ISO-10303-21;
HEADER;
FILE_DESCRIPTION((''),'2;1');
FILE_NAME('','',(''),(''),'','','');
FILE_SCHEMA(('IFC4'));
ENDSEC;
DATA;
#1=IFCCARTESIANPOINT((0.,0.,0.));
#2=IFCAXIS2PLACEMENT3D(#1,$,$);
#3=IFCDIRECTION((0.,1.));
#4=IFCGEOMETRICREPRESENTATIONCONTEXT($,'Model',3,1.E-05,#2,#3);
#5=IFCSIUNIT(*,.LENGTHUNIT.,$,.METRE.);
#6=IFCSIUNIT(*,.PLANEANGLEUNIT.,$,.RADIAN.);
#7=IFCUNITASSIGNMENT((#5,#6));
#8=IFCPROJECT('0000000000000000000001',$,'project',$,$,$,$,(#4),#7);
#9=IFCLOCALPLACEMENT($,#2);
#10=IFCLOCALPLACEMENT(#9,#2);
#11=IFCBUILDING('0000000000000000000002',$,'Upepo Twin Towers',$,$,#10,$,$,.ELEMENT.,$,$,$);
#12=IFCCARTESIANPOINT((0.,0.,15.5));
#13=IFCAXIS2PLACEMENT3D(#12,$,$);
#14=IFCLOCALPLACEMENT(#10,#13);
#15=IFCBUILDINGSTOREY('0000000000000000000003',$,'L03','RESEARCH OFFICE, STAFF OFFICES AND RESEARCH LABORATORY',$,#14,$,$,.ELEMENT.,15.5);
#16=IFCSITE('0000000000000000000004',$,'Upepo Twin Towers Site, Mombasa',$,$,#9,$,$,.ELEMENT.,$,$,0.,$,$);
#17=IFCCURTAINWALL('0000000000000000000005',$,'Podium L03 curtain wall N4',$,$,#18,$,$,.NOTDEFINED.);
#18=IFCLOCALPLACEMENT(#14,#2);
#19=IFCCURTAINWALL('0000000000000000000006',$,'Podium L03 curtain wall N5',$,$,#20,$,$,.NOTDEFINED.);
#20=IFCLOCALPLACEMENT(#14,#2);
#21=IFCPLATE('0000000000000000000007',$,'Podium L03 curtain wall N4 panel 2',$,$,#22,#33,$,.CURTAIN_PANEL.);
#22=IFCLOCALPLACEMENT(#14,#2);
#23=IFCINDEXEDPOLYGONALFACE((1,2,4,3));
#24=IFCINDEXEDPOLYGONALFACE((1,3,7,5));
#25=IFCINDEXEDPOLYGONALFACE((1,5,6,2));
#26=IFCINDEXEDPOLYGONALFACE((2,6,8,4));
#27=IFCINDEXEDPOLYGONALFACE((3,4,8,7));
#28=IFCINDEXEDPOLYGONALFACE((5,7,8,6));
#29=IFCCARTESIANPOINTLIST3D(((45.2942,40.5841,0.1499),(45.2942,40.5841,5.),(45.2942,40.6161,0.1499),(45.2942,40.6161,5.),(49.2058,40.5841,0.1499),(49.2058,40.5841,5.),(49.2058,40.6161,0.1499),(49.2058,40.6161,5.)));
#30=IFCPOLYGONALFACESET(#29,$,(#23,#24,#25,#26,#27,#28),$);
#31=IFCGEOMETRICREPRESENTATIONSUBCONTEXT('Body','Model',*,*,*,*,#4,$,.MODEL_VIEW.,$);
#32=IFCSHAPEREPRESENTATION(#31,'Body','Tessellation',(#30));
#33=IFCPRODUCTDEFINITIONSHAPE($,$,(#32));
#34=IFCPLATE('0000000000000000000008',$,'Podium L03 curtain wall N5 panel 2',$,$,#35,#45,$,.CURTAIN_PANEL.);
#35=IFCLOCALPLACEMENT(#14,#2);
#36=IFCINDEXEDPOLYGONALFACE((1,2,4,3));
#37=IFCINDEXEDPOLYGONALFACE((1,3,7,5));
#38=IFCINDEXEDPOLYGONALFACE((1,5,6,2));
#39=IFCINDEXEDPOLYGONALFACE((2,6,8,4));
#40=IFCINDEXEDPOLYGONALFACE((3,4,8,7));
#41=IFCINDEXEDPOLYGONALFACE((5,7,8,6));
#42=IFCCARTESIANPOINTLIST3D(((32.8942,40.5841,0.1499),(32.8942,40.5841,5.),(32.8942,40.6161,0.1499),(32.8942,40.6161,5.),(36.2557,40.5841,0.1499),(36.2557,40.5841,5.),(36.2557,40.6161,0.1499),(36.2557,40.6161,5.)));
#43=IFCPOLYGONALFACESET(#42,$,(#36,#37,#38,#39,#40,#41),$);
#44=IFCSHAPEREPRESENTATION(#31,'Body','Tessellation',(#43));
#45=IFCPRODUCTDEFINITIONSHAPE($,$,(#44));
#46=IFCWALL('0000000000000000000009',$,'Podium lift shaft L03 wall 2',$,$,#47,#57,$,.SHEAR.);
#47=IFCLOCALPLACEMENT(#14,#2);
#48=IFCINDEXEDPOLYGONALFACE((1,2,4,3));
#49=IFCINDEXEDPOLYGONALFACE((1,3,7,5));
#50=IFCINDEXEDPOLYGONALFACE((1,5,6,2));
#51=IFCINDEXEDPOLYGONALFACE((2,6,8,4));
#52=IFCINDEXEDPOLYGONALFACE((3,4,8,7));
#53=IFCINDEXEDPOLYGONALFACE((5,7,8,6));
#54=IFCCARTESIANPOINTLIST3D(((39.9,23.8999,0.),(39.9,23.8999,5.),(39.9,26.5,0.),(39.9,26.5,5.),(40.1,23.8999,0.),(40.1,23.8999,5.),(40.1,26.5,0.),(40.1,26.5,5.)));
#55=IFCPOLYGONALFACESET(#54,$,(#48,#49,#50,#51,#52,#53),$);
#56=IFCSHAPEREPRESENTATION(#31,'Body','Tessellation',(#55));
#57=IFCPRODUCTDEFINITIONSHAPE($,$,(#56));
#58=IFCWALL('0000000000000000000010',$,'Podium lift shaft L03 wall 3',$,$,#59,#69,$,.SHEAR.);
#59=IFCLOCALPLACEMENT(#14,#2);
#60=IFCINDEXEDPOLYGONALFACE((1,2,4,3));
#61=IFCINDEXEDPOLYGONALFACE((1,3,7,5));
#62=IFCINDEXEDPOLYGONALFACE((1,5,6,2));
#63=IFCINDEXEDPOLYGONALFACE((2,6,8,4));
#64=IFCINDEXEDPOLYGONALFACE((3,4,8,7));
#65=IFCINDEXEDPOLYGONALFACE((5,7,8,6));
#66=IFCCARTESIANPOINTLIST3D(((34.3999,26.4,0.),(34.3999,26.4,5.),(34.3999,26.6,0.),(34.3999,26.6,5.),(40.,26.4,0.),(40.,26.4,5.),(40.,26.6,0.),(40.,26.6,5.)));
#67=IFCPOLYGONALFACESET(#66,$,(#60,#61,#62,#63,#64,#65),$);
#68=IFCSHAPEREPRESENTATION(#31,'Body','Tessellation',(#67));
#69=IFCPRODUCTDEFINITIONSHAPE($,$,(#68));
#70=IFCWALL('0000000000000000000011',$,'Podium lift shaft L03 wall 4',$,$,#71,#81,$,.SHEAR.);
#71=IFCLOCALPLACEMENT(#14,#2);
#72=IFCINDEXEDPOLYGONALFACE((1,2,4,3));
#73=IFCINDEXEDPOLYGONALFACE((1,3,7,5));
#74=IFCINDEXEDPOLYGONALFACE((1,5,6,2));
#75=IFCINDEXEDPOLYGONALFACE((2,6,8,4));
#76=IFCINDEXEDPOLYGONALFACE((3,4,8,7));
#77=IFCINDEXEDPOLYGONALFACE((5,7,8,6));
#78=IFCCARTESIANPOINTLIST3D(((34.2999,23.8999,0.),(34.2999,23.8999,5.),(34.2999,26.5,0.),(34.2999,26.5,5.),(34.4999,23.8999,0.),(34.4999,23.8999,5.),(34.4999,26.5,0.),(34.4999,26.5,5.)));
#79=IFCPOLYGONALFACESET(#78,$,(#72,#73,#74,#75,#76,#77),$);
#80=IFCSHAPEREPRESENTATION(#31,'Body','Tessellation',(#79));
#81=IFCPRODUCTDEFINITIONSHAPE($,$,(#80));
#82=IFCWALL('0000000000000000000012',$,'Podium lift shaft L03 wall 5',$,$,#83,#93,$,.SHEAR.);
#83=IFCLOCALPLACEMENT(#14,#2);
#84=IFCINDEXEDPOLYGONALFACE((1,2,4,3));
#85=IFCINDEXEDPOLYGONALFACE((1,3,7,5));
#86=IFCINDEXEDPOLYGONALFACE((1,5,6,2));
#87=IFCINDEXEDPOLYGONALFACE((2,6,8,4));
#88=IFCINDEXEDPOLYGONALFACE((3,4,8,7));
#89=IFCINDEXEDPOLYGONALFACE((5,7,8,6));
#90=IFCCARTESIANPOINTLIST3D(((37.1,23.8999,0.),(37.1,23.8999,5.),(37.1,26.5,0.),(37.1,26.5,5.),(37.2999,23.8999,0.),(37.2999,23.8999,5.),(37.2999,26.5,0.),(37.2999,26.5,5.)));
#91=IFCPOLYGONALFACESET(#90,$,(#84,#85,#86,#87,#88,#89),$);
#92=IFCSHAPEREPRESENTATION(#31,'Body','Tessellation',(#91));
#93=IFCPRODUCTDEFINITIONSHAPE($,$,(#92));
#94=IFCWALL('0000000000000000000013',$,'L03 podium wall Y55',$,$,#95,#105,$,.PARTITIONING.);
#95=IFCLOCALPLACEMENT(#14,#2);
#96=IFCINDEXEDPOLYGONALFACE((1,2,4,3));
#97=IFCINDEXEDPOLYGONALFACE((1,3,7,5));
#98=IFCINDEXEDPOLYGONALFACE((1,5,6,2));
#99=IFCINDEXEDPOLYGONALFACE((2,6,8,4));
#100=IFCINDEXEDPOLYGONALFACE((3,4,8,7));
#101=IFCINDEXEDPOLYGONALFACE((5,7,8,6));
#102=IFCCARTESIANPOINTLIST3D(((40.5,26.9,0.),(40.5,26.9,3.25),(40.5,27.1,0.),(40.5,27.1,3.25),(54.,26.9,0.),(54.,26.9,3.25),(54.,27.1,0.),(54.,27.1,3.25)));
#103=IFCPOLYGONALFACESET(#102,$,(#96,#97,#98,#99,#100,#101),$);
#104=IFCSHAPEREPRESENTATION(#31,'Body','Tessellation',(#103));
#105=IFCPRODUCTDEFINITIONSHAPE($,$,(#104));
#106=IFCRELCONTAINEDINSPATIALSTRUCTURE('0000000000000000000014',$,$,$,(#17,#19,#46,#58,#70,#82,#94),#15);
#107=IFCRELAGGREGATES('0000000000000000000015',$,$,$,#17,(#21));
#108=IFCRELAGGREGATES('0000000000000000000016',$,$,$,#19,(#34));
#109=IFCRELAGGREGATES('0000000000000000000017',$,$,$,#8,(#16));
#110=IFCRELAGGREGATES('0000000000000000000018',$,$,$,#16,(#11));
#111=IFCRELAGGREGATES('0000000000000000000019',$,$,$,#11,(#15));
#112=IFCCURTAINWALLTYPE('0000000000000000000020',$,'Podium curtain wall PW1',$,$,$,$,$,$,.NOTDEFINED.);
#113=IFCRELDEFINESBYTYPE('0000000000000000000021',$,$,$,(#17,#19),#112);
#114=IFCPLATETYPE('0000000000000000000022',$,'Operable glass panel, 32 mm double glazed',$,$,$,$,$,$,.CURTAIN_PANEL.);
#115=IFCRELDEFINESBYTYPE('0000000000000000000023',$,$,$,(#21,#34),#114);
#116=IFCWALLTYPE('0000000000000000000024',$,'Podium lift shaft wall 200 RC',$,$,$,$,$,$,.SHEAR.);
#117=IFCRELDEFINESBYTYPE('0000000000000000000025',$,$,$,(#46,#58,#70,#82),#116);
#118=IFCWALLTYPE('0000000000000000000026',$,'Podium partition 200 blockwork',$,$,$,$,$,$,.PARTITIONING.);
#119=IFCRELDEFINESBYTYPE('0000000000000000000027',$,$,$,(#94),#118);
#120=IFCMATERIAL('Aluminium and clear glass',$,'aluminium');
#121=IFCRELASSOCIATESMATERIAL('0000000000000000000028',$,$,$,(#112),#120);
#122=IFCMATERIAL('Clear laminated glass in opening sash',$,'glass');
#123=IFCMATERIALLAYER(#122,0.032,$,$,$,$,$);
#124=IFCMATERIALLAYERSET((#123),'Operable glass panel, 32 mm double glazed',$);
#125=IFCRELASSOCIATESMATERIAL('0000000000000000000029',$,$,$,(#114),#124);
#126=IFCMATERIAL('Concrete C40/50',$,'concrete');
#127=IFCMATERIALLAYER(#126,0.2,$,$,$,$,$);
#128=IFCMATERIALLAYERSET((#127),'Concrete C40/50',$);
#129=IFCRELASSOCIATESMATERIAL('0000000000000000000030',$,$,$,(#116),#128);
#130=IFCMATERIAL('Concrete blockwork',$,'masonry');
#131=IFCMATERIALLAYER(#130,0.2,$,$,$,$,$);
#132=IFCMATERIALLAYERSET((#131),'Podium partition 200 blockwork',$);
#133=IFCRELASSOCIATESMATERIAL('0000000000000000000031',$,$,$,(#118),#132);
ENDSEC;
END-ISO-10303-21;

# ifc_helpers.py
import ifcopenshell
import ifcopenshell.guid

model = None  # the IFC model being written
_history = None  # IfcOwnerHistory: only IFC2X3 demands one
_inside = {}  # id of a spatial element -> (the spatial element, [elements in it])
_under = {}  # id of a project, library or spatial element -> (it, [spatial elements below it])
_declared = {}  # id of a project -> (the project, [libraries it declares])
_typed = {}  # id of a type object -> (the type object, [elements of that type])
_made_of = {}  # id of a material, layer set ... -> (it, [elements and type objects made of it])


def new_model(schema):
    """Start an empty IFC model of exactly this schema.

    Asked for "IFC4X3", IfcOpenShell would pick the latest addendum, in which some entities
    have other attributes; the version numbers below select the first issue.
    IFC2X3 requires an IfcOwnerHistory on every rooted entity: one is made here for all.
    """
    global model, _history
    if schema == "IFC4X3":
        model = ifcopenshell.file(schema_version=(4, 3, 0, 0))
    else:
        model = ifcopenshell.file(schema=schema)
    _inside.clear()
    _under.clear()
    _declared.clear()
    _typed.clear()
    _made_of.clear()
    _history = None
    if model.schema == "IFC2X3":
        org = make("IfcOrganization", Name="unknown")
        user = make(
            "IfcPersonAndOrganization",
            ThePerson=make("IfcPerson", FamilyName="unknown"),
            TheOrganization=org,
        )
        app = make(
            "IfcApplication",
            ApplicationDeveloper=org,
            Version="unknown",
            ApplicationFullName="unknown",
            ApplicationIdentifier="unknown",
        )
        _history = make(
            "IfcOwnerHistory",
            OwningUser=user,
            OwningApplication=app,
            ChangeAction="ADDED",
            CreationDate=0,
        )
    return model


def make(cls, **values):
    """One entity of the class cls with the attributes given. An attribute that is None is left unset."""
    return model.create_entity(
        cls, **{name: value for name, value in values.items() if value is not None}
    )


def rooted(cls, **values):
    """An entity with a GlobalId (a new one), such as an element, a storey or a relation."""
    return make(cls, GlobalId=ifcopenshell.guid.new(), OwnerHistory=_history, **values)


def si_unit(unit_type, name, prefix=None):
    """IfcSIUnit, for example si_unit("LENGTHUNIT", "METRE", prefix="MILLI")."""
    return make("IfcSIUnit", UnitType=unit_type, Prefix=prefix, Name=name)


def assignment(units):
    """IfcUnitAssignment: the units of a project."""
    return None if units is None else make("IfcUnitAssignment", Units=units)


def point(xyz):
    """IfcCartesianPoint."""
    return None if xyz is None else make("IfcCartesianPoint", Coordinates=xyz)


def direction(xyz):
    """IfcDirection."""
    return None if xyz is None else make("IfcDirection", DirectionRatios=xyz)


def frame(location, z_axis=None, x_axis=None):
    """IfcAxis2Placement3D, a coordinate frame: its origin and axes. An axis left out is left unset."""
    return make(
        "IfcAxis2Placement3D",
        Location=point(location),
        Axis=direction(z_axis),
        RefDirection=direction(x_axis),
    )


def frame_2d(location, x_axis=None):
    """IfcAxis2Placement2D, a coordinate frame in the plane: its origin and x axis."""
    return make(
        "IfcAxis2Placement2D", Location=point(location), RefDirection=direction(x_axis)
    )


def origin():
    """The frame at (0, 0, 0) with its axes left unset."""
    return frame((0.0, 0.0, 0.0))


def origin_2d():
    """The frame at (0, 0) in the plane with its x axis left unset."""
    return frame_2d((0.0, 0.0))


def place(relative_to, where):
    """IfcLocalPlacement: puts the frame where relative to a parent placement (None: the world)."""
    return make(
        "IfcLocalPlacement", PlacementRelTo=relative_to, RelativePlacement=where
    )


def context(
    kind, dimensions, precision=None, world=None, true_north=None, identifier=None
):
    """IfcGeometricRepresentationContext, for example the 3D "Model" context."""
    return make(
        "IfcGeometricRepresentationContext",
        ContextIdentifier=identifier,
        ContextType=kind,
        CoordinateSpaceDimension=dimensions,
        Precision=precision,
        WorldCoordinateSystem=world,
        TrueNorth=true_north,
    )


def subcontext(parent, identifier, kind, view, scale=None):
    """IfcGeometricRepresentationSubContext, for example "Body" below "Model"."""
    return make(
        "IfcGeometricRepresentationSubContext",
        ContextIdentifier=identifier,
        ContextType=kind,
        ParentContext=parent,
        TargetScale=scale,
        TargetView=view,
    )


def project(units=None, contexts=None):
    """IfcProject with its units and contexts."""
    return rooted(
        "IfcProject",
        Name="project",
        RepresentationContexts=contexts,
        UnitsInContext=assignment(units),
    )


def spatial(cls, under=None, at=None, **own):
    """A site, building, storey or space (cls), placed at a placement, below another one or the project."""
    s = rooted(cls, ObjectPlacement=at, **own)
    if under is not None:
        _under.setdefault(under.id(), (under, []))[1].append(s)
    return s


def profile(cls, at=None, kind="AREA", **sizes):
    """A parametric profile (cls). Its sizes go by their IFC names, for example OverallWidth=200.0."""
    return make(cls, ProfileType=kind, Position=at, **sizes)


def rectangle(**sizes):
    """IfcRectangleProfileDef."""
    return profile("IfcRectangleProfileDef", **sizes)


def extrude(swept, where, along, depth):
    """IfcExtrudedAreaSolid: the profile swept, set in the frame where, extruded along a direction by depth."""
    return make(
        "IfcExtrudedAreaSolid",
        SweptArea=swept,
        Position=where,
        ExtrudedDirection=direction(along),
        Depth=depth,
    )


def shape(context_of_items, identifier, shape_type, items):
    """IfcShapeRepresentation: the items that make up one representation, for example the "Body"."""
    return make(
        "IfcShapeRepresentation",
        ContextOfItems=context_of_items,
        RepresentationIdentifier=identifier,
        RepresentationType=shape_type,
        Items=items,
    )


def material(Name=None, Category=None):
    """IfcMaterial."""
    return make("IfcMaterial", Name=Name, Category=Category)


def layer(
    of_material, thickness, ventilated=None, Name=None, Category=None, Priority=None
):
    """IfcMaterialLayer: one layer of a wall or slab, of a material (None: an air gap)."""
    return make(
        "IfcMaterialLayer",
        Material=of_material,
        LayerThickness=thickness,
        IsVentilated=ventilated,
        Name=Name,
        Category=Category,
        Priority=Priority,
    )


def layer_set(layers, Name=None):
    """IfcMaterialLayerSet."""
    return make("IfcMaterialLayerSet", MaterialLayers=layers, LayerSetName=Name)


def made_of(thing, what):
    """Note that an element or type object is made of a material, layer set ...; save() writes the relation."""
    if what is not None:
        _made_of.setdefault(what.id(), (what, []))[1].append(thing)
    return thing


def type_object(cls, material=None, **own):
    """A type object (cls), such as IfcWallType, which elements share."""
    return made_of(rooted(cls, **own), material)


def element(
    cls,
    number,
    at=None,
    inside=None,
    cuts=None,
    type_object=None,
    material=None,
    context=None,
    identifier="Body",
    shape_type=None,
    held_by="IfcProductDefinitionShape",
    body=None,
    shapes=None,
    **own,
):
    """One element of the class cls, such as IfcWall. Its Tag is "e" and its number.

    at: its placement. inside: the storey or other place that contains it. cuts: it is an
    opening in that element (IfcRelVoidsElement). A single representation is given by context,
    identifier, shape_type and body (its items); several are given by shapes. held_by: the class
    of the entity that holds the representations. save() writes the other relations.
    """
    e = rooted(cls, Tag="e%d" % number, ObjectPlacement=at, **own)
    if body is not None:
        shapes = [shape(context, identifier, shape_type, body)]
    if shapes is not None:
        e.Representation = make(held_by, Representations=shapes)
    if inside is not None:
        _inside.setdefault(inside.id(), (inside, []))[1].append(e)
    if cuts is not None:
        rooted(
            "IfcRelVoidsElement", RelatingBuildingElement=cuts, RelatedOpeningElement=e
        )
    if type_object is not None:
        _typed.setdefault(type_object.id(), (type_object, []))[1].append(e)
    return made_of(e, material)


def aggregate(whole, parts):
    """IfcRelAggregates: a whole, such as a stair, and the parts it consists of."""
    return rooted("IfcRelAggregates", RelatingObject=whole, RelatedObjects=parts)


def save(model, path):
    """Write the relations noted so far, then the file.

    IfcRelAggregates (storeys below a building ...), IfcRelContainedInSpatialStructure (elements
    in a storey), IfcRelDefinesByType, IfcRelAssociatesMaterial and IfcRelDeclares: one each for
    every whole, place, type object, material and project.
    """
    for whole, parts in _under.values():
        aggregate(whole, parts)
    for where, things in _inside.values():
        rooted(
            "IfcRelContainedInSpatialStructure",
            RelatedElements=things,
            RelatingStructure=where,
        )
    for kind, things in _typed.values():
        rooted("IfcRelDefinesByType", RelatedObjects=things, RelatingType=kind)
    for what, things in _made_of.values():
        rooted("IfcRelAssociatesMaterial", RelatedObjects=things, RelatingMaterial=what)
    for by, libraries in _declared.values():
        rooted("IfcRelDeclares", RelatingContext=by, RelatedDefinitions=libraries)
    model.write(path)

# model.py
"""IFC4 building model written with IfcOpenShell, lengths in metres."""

from ifc_helpers import new_model, si_unit, direction, frame, frame_2d, origin, origin_2d, place, context, subcontext, project, spatial, rectangle, extrude, material, layer, layer_set, type_object, element, aggregate, save


model = new_model("IFC4")

# Units and contexts
model_context = context("Model", 3, precision=1e-05, world=origin(), true_north=direction((0.0, 1.0)))
body_context = subcontext(model_context, "Body", "Model", "MODEL_VIEW")
ifc_project = project(units=[si_unit("LENGTHUNIT", "METRE"), si_unit("PLANEANGLEUNIT", "RADIAN")], contexts=[model_context])

# Site, building, storey
site_placement = place(None, origin())
site = spatial("IfcSite", under=ifc_project, at=site_placement, Name="Upepo Twin Towers Site, Mombasa", CompositionType="ELEMENT", RefElevation=0.0)
building_placement = place(site_placement, origin())
building = spatial("IfcBuilding", under=site, at=building_placement, Name="Upepo Twin Towers", CompositionType="ELEMENT")
storey_placement = place(building_placement, frame((0.0, 0.0, 15.5)))
storey = spatial("IfcBuildingStorey", under=building, at=storey_placement, Name="L03", Description="RESEARCH OFFICE, STAFF OFFICES AND RESEARCH LABORATORY", CompositionType="ELEMENT", Elevation=15.5)

# Curtain walls
ifc_material_1 = material(Name="Aluminium and clear glass", Category="aluminium")
curtain_wall_type = type_object("IfcCurtainWallType", Name="Podium curtain wall PW1", PredefinedType="NOTDEFINED", material=ifc_material_1)
curtain_wall_1_placement = place(storey_placement, origin())
curtain_wall_1 = element("IfcCurtainWall", 1, at=curtain_wall_1_placement, inside=storey, type_object=curtain_wall_type, Name="Podium L03 curtain wall N4", PredefinedType="NOTDEFINED")
curtain_wall_2_placement = place(storey_placement, origin())
curtain_wall_2 = element("IfcCurtainWall", 2, at=curtain_wall_2_placement, inside=storey, type_object=curtain_wall_type, Name="Podium L03 curtain wall N5", PredefinedType="NOTDEFINED")

# Plates
ifc_material_2 = material(Name="Clear laminated glass in opening sash", Category="glass")
ifc_layer_1 = layer(ifc_material_2, 0.032)
ifc_layer_set_1 = layer_set([ifc_layer_1], Name="Operable glass panel, 32 mm double glazed")
plate_type_1 = type_object("IfcPlateType", Name="Operable glass panel, 32 mm double glazed", PredefinedType="CURTAIN_PANEL", material=ifc_layer_set_1)
plate_1_placement = place(storey_placement, frame((47.25, 40.6001, 0.1499), z_axis=(0.0, 0.0, 1.0), x_axis=(-1.0, 0.0, 0.0)))
plate_1 = element("IfcPlate", 3, at=plate_1_placement, type_object=plate_type_1, Name="Podium L03 curtain wall N4 panel 2", PredefinedType="CURTAIN_PANEL", context=body_context, shape_type="SweptSolid", body=[
    extrude(rectangle(XDim=3.9116, YDim=0.032, at=origin_2d()), origin(), (0.0, 0.0, 1.0), 4.8501),
])
aggregate(curtain_wall_1, [plate_1])
plate_2_placement = place(storey_placement, frame((34.575, 40.6001, 0.1499), z_axis=(0.0, 0.0, 1.0), x_axis=(-1.0, 0.0, 0.0)))
plate_2 = element("IfcPlate", 4, at=plate_2_placement, type_object=plate_type_1, Name="Podium L03 curtain wall N5 panel 2", PredefinedType="CURTAIN_PANEL", context=body_context, shape_type="SweptSolid", body=[
    extrude(rectangle(XDim=3.3616, YDim=0.032, at=origin_2d()), origin(), (0.0, 0.0, 1.0), 4.8501),
])
aggregate(curtain_wall_2, [plate_2])

# Walls
ifc_material_3 = material(Name="Concrete C40/50", Category="concrete")
ifc_layer_2 = layer(ifc_material_3, 0.2)
ifc_layer_set_2 = layer_set([ifc_layer_2], Name="Concrete C40/50")
wall_type_1 = type_object("IfcWallType", Name="Podium lift shaft wall 200 RC", PredefinedType="SHEAR", material=ifc_layer_set_2)
wall_1_placement = place(storey_placement, frame((40.0, 23.8999, 0.0), z_axis=(0.0, 0.0, 1.0), x_axis=(0.0, 1.0, 0.0)))
element("IfcWall", 5, at=wall_1_placement, inside=storey, type_object=wall_type_1, Name="Podium lift shaft L03 wall 2", PredefinedType="SHEAR", context=body_context, shape_type="SweptSolid", body=[
    extrude(rectangle(XDim=2.6001, YDim=0.2, at=frame_2d((1.3, 0.0))), origin(), (0.0, 0.0, 1.0), 5.0),
])
wall_2_placement = place(storey_placement, frame((40.0, 26.5, 0.0), z_axis=(0.0, 0.0, 1.0), x_axis=(-1.0, 0.0, 0.0)))
element("IfcWall", 6, at=wall_2_placement, inside=storey, type_object=wall_type_1, Name="Podium lift shaft L03 wall 3", PredefinedType="SHEAR", context=body_context, shape_type="SweptSolid", body=[
    extrude(rectangle(XDim=5.6001, YDim=0.2, at=frame_2d((2.8, 0.0))), origin(), (0.0, 0.0, 1.0), 5.0),
])
for number, where, z_axis, x_axis, name in (
    (7, (34.3999, 26.5, 0.0), (0.0, 0.0, 1.0), (0.0, -1.0, 0.0), "Podium lift shaft L03 wall 4"),
    (8, (37.2, 23.8999, 0.0), (0.0, 0.0, 1.0), (0.0, 1.0, 0.0), "Podium lift shaft L03 wall 5"),
):
    element("IfcWall", number, at=place(storey_placement, frame(where, z_axis=z_axis, x_axis=x_axis)), inside=storey, type_object=wall_type_1, Name=name, PredefinedType="SHEAR", context=body_context, shape_type="SweptSolid", body=[
        extrude(rectangle(XDim=2.6001, YDim=0.2, at=frame_2d((1.3, 0.0))), origin(), (0.0, 0.0, 1.0), 5.0),
    ])
ifc_material_4 = material(Name="Concrete blockwork", Category="masonry")
ifc_layer_3 = layer(ifc_material_4, 0.2)
ifc_layer_set_3 = layer_set([ifc_layer_3], Name="Podium partition 200 blockwork")
wall_type_2 = type_object("IfcWallType", Name="Podium partition 200 blockwork", PredefinedType="PARTITIONING", material=ifc_layer_set_3)
wall_3_placement = place(storey_placement, frame((40.5, 27.0, 0.0), z_axis=(0.0, 0.0, 1.0), x_axis=(1.0, 0.0, 0.0)))
element("IfcWall", 9, at=wall_3_placement, inside=storey, type_object=wall_type_2, Name="L03 podium wall Y55", PredefinedType="PARTITIONING", context=body_context, shape_type="SweptSolid", body=[
    extrude(rectangle(XDim=13.5, YDim=0.2, at=frame_2d((6.75, 0.0))), origin(), (0.0, 0.0, 1.0), 3.25),
])

save(model, "model.ifc")
